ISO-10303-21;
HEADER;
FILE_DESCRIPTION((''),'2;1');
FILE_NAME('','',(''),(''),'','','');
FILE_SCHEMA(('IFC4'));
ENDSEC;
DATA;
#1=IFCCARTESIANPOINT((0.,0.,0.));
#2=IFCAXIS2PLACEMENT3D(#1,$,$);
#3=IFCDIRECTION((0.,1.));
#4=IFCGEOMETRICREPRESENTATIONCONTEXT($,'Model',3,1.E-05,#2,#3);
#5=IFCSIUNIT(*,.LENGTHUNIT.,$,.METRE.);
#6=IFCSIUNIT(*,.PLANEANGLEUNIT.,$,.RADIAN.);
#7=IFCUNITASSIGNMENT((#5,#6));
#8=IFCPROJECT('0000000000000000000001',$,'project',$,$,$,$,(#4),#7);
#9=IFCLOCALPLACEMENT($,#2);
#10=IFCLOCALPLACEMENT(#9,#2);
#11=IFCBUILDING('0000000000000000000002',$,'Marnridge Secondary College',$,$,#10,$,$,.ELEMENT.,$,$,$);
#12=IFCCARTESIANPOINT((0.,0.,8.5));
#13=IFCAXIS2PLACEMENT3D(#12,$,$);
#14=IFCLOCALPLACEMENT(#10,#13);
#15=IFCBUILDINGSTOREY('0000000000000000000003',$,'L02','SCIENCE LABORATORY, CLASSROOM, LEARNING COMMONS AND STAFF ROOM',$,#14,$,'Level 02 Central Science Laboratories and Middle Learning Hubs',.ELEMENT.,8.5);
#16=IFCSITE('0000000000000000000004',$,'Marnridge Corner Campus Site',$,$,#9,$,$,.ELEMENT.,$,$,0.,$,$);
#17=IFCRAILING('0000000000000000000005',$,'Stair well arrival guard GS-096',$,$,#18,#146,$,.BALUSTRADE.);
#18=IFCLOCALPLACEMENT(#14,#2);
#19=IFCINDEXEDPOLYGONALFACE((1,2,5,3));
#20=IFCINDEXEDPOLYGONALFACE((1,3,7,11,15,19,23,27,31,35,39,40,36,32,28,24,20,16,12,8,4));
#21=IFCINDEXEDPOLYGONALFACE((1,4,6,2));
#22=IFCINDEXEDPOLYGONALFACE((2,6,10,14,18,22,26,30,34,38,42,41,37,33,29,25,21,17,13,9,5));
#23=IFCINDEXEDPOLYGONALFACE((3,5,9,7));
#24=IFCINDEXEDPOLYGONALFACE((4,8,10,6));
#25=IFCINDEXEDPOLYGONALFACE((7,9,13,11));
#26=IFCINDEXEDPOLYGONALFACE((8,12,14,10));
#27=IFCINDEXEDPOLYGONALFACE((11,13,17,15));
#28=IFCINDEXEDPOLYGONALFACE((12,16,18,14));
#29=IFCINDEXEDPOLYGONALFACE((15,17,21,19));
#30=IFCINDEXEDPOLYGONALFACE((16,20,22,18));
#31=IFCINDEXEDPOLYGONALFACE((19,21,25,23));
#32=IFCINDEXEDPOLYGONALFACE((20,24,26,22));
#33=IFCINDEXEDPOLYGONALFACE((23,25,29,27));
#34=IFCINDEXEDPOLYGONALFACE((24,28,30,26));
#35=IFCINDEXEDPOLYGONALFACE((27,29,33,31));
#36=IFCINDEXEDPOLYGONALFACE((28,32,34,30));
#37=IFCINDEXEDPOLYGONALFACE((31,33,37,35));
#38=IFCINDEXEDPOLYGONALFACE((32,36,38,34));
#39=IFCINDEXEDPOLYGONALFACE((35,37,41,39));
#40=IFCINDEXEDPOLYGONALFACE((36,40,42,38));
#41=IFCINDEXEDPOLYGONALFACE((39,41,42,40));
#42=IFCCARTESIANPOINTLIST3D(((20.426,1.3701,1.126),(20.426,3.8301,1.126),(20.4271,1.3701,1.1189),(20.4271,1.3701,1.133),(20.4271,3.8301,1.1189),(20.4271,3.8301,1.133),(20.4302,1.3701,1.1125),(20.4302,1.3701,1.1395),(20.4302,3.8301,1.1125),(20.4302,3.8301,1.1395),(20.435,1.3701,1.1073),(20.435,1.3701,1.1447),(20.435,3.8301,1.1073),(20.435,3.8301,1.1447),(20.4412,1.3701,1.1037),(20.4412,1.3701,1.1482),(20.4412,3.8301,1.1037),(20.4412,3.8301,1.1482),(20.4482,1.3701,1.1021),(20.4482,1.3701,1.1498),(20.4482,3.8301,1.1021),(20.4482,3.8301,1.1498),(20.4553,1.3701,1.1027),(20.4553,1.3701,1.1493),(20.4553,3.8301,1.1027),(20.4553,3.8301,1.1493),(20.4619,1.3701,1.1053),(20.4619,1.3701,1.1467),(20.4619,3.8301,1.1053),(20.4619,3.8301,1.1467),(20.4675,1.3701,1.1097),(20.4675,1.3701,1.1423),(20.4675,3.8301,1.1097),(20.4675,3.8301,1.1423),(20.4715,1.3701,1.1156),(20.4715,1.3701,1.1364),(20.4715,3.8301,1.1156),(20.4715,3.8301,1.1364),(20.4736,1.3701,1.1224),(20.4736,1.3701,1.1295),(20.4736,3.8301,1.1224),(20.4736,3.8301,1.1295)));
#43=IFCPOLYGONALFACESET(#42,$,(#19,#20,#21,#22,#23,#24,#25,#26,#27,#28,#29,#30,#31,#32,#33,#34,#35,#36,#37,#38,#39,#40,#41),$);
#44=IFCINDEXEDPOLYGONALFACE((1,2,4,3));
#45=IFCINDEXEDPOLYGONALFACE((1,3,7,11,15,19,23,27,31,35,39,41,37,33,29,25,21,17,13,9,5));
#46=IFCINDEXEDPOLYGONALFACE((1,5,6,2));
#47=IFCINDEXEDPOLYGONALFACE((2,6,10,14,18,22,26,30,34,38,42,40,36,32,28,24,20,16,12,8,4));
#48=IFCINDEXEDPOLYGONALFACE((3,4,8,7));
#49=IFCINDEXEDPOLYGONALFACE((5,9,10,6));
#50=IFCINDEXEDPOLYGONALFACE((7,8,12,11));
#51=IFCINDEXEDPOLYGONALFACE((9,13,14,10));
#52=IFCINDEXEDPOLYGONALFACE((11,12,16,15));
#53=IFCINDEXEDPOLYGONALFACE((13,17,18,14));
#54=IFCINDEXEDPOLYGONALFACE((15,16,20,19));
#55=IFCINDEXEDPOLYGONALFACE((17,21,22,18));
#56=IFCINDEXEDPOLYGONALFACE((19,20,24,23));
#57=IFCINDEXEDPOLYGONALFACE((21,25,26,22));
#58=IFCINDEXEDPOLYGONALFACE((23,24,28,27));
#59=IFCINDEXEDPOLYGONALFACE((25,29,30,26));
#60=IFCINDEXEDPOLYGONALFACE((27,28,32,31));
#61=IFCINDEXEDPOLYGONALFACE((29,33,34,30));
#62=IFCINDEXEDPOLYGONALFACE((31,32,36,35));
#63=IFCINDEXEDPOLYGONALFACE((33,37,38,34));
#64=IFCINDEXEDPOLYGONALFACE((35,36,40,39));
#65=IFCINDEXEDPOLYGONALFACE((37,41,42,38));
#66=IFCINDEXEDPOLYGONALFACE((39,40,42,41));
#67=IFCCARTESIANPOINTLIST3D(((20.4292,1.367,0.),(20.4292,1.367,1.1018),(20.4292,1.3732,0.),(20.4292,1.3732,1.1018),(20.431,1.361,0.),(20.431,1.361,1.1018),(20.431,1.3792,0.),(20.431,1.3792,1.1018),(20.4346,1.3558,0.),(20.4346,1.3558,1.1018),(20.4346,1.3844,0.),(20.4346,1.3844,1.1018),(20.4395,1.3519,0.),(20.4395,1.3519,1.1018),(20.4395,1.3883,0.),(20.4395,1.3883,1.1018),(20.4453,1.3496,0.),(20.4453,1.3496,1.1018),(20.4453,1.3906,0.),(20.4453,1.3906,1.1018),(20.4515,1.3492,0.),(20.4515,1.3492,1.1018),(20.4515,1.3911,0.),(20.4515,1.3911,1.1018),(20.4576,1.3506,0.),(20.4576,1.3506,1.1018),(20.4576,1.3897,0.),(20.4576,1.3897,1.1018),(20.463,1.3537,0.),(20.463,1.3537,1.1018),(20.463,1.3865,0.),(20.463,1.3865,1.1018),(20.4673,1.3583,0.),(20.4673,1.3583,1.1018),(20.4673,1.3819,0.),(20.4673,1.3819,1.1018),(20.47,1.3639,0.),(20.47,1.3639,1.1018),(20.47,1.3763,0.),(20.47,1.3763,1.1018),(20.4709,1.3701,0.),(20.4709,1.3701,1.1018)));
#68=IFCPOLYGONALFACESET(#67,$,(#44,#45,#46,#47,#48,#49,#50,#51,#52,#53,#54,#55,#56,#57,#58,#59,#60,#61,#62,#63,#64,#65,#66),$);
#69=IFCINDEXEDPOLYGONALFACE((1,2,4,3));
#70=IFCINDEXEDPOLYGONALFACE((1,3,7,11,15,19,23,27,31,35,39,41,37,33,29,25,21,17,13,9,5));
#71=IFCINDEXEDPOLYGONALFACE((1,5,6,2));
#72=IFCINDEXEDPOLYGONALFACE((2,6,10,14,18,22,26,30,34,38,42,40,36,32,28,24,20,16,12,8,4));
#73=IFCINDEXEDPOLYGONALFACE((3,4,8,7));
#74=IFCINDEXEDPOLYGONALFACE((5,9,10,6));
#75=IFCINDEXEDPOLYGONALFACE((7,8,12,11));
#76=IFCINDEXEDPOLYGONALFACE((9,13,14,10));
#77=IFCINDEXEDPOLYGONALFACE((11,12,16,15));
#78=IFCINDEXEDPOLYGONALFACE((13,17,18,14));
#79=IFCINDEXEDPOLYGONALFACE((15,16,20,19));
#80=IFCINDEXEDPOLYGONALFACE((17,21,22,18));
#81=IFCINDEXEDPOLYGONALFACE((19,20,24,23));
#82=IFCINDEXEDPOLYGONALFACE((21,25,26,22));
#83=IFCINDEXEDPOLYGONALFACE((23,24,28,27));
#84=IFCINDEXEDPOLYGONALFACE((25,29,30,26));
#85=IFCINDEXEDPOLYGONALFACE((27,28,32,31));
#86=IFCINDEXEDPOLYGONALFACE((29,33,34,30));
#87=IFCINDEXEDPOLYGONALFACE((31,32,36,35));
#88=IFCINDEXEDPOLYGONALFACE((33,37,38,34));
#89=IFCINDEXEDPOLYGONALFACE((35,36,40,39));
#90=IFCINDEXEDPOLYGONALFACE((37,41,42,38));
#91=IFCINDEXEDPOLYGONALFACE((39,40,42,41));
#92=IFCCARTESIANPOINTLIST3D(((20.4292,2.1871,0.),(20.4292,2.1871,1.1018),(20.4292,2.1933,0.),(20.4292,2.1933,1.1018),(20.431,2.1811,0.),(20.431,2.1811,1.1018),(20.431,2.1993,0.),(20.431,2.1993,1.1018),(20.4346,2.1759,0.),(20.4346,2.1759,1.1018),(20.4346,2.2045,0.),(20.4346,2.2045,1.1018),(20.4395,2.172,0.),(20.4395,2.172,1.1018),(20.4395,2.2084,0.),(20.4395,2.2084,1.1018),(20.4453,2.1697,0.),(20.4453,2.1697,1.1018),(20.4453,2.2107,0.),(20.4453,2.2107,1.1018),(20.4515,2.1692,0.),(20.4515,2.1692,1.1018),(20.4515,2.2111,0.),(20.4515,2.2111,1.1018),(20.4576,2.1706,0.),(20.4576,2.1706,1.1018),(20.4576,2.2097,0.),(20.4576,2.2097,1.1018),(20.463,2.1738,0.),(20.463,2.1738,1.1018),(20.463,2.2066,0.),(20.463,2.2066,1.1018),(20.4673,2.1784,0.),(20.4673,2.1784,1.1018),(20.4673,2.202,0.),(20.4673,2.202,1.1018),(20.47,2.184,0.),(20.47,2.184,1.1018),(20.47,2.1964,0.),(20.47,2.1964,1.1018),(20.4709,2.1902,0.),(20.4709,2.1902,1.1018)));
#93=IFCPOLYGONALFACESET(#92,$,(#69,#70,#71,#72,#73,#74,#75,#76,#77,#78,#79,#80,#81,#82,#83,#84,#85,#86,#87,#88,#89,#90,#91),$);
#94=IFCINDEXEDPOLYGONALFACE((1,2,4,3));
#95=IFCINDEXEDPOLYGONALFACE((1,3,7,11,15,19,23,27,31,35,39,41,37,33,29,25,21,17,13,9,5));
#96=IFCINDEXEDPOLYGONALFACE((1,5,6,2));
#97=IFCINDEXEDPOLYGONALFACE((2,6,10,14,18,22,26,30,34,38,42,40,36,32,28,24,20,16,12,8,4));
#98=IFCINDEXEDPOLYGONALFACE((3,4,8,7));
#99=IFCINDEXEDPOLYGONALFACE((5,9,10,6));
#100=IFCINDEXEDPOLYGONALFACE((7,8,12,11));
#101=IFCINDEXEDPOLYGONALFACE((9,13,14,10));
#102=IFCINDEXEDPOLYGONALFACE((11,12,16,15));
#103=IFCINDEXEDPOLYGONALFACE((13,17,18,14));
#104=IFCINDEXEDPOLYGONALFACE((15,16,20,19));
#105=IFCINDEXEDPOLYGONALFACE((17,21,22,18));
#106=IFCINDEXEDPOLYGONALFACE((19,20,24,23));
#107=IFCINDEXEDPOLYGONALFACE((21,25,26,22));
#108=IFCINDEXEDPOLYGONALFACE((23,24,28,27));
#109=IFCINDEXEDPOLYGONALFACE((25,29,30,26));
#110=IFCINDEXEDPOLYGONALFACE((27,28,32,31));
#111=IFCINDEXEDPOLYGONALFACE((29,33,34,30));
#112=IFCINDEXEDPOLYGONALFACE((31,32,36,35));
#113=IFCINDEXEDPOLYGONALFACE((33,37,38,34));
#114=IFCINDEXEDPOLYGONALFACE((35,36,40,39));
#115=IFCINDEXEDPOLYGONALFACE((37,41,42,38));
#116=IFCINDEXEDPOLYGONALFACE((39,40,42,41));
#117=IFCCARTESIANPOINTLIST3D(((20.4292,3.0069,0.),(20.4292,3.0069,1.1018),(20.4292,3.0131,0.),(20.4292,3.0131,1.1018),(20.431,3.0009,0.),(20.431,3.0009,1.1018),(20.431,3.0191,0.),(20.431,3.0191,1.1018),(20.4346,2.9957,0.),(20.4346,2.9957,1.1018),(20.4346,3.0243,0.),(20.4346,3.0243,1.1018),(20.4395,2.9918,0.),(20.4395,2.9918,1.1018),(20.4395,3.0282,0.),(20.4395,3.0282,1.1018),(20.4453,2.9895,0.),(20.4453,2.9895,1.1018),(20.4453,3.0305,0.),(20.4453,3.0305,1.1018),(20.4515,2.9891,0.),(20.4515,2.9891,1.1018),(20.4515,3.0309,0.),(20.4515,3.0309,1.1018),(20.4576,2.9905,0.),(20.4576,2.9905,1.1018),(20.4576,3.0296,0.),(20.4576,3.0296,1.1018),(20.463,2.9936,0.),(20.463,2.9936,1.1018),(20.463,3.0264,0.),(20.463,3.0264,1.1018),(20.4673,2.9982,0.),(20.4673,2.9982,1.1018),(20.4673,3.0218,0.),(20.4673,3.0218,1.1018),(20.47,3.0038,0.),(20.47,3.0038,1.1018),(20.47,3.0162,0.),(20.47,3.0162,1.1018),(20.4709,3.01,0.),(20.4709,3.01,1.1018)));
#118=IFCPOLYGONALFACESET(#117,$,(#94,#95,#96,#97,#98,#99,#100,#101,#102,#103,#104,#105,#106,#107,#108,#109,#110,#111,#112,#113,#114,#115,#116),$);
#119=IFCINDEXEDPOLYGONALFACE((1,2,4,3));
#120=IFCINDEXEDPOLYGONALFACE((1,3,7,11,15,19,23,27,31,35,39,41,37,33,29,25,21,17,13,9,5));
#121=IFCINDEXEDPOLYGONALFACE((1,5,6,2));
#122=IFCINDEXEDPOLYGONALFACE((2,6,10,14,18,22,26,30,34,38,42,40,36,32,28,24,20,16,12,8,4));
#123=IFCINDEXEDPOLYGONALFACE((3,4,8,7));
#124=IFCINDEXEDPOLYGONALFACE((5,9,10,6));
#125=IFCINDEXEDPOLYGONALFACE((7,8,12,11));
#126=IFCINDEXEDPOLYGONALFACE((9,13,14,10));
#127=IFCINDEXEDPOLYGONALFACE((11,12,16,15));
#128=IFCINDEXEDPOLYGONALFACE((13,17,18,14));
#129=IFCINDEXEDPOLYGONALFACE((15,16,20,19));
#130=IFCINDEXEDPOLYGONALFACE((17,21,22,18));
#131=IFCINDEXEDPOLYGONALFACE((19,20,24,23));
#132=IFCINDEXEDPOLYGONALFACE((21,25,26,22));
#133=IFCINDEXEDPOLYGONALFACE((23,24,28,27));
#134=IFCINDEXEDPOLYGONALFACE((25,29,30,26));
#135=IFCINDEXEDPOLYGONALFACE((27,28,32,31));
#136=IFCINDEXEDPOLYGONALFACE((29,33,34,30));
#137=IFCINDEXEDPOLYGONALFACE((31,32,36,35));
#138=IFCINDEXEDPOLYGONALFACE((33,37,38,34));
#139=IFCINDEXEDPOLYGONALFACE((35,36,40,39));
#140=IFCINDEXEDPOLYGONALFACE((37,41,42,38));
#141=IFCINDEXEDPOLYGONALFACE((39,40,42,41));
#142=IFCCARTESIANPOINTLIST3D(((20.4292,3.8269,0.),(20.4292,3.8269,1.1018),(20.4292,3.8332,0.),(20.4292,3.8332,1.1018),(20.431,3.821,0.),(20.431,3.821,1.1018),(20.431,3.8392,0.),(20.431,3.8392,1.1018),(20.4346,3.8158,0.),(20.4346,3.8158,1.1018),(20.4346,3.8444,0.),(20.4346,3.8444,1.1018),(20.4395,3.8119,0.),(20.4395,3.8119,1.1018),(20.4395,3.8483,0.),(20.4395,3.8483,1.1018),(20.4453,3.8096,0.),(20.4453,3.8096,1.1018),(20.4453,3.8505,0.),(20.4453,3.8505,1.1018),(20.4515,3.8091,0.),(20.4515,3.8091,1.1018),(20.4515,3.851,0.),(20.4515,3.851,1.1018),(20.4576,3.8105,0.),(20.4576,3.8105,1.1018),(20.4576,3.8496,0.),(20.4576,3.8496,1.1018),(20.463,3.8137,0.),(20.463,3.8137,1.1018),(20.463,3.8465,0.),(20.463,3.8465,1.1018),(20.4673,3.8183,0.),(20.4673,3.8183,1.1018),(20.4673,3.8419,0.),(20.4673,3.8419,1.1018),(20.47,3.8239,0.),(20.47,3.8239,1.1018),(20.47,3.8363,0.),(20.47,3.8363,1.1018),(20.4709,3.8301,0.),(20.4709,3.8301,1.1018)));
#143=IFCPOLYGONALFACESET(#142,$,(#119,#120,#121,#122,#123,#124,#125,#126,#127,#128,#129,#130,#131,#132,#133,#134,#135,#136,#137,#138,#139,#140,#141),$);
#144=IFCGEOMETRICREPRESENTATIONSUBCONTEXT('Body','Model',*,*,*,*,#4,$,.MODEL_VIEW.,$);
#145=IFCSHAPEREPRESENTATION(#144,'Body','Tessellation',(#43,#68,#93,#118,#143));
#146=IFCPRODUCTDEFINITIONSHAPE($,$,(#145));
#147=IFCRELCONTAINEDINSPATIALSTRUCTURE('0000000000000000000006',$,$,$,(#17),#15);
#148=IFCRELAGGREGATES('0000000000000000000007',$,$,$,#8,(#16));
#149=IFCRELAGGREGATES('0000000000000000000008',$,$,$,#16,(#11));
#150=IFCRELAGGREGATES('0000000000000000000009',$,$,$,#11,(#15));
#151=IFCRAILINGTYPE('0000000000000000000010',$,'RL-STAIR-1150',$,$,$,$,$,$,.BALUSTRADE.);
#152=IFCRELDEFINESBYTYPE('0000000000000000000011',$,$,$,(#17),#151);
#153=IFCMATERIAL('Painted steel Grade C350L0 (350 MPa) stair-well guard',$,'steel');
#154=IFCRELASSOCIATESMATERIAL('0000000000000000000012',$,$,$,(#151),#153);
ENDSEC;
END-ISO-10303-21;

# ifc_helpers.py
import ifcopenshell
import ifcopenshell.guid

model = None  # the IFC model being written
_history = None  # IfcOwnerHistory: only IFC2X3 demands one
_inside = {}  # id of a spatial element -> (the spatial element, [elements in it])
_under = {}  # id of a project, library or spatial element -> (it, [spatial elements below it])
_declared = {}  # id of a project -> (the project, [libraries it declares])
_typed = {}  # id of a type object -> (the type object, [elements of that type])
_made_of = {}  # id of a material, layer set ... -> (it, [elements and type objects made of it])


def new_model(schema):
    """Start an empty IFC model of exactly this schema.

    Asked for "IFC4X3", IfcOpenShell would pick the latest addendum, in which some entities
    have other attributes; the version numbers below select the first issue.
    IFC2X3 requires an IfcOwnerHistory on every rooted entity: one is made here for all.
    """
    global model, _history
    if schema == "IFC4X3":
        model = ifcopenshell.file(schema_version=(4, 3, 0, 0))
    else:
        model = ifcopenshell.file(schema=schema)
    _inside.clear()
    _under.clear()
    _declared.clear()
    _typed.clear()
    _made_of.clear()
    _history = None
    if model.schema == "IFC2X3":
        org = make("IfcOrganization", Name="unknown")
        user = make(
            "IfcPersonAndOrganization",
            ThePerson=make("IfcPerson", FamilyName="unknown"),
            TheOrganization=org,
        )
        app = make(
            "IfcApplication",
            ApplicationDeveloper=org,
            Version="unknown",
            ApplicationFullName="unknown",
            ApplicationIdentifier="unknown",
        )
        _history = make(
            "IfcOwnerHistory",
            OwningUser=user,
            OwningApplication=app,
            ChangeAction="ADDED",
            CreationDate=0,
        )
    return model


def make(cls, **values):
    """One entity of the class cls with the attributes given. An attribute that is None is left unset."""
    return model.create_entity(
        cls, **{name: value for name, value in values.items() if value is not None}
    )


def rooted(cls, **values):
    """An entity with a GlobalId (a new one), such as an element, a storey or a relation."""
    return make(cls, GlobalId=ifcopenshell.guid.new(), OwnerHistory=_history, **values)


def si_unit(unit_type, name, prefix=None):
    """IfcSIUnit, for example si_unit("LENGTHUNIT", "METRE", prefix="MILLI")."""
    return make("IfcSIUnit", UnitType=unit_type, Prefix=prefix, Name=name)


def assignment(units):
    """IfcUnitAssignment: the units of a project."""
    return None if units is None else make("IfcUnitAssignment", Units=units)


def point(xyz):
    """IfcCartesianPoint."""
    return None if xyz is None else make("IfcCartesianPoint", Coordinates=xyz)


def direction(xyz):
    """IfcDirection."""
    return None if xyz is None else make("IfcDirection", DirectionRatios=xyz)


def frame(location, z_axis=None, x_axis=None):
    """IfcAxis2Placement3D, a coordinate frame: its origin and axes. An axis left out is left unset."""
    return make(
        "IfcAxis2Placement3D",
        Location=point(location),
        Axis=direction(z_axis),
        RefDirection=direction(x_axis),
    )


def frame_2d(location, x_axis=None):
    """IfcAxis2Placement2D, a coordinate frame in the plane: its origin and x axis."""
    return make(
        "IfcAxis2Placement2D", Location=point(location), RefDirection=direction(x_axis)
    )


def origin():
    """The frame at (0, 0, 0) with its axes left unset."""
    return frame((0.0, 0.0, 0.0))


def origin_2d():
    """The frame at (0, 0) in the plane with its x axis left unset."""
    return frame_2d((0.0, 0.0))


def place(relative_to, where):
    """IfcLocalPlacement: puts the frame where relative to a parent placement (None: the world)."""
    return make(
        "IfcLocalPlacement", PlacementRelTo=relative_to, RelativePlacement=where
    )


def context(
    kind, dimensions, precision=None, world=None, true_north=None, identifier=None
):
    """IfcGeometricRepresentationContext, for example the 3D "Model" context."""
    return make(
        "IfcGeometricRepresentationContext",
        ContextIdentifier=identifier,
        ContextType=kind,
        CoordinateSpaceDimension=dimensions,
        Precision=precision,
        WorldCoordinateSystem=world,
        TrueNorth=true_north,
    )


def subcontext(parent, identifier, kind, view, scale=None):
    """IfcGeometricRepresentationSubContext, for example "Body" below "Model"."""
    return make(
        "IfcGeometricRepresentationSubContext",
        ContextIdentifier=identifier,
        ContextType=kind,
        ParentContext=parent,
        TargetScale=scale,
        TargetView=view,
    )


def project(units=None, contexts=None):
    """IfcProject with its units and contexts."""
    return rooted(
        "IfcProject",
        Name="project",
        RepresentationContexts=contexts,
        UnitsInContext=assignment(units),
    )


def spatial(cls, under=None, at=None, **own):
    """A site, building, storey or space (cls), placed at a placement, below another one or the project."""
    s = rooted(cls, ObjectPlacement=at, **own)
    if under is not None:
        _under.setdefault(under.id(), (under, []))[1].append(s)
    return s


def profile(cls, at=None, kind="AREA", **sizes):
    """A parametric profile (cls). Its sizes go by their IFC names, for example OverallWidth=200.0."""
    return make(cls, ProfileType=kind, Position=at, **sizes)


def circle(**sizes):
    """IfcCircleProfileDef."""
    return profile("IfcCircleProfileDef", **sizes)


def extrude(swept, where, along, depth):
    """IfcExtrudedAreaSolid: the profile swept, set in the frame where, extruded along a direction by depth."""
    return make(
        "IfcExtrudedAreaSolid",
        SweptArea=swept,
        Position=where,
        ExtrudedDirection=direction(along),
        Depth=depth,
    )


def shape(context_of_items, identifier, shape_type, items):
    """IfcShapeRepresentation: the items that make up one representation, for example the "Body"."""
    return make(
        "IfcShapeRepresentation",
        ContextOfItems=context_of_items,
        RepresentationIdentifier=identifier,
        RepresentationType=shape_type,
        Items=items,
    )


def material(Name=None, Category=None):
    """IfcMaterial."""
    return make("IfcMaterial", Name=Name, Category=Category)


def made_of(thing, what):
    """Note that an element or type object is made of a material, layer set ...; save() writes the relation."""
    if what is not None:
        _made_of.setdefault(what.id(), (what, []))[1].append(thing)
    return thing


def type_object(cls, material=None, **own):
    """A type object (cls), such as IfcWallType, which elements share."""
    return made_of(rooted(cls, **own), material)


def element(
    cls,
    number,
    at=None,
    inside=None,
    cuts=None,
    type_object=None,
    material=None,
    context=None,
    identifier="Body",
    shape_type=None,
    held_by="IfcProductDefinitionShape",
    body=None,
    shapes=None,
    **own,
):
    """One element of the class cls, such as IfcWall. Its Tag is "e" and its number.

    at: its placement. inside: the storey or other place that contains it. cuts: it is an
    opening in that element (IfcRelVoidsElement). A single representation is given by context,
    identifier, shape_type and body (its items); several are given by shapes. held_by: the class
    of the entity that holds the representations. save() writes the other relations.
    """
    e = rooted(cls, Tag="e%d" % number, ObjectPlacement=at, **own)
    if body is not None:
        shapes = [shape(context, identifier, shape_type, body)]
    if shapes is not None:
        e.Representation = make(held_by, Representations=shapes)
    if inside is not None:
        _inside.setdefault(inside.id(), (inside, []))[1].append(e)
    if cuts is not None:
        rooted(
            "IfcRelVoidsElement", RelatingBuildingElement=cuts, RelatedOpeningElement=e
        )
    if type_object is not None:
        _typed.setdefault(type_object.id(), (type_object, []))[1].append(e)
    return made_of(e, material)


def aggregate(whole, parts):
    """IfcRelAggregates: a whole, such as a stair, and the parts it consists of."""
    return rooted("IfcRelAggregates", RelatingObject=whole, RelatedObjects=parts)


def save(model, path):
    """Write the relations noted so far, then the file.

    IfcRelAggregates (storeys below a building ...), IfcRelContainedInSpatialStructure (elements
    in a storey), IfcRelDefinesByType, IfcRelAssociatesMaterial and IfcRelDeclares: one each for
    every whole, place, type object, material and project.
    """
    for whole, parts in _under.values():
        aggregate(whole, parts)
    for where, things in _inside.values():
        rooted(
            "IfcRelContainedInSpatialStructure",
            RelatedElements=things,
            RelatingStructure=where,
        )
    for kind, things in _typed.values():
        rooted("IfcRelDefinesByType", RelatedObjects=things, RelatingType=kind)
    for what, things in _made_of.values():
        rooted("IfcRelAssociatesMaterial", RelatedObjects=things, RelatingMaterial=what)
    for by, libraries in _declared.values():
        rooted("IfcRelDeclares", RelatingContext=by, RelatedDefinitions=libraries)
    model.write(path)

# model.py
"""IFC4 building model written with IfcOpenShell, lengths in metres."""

from ifc_helpers import new_model, si_unit, direction, frame, origin, origin_2d, place, context, subcontext, project, spatial, circle, extrude, material, type_object, element, save


model = new_model("IFC4")

# Units and contexts
model_context = context("Model", 3, precision=1e-05, world=origin(), true_north=direction((0.0, 1.0)))
body_context = subcontext(model_context, "Body", "Model", "MODEL_VIEW")
ifc_project = project(units=[si_unit("LENGTHUNIT", "METRE"), si_unit("PLANEANGLEUNIT", "RADIAN")], contexts=[model_context])

# Site, building, storey
site_placement = place(None, origin())
site = spatial("IfcSite", under=ifc_project, at=site_placement, Name="Marnridge Corner Campus Site", CompositionType="ELEMENT", RefElevation=0.0)
building_placement = place(site_placement, origin())
building = spatial("IfcBuilding", under=site, at=building_placement, Name="Marnridge Secondary College", CompositionType="ELEMENT")
storey_placement = place(building_placement, frame((0.0, 0.0, 8.5)))
storey = spatial("IfcBuildingStorey", under=building, at=storey_placement, Name="L02", Description="SCIENCE LABORATORY, CLASSROOM, LEARNING COMMONS AND STAFF ROOM", LongName="Level 02 Central Science Laboratories and Middle Learning Hubs", CompositionType="ELEMENT", Elevation=8.5)

# Railing
ifc_material_1 = material(Name="Painted steel Grade C350L0 (350 MPa) stair-well guard", Category="steel")
railing_type_1 = type_object("IfcRailingType", Name="RL-STAIR-1150", PredefinedType="BALUSTRADE", material=ifc_material_1)
railing_1_placement = place(storey_placement, frame((20.45, 1.3701, 0.0)))
element("IfcRailing", 1, at=railing_1_placement, inside=storey, type_object=railing_type_1, Name="Stair well arrival guard GS-096", PredefinedType="BALUSTRADE", context=body_context, shape_type="SweptSolid", body=[
    extrude(circle(Radius=0.0239, at=origin_2d()), frame((0.0, 0.0, 1.126), z_axis=(0.0, 1.0, 0.0), x_axis=(-1.0, 0.0, 0.0)), (0.0, 0.0, 1.0), 2.46),
    extrude(circle(Radius=0.021, at=origin_2d()), origin(), (0.0, 0.0, 1.0), 1.1018),
    extrude(circle(Radius=0.021, at=origin_2d()), frame((0.0, 0.8201, 0.0)), (0.0, 0.0, 1.0), 1.1018),
    extrude(circle(Radius=0.021, at=origin_2d()), frame((0.0, 1.6399, 0.0)), (0.0, 0.0, 1.0), 1.1018),
    extrude(circle(Radius=0.021, at=origin_2d()), frame((0.0, 2.46, 0.0)), (0.0, 0.0, 1.0), 1.1018),
])

save(model, "model.ifc")
